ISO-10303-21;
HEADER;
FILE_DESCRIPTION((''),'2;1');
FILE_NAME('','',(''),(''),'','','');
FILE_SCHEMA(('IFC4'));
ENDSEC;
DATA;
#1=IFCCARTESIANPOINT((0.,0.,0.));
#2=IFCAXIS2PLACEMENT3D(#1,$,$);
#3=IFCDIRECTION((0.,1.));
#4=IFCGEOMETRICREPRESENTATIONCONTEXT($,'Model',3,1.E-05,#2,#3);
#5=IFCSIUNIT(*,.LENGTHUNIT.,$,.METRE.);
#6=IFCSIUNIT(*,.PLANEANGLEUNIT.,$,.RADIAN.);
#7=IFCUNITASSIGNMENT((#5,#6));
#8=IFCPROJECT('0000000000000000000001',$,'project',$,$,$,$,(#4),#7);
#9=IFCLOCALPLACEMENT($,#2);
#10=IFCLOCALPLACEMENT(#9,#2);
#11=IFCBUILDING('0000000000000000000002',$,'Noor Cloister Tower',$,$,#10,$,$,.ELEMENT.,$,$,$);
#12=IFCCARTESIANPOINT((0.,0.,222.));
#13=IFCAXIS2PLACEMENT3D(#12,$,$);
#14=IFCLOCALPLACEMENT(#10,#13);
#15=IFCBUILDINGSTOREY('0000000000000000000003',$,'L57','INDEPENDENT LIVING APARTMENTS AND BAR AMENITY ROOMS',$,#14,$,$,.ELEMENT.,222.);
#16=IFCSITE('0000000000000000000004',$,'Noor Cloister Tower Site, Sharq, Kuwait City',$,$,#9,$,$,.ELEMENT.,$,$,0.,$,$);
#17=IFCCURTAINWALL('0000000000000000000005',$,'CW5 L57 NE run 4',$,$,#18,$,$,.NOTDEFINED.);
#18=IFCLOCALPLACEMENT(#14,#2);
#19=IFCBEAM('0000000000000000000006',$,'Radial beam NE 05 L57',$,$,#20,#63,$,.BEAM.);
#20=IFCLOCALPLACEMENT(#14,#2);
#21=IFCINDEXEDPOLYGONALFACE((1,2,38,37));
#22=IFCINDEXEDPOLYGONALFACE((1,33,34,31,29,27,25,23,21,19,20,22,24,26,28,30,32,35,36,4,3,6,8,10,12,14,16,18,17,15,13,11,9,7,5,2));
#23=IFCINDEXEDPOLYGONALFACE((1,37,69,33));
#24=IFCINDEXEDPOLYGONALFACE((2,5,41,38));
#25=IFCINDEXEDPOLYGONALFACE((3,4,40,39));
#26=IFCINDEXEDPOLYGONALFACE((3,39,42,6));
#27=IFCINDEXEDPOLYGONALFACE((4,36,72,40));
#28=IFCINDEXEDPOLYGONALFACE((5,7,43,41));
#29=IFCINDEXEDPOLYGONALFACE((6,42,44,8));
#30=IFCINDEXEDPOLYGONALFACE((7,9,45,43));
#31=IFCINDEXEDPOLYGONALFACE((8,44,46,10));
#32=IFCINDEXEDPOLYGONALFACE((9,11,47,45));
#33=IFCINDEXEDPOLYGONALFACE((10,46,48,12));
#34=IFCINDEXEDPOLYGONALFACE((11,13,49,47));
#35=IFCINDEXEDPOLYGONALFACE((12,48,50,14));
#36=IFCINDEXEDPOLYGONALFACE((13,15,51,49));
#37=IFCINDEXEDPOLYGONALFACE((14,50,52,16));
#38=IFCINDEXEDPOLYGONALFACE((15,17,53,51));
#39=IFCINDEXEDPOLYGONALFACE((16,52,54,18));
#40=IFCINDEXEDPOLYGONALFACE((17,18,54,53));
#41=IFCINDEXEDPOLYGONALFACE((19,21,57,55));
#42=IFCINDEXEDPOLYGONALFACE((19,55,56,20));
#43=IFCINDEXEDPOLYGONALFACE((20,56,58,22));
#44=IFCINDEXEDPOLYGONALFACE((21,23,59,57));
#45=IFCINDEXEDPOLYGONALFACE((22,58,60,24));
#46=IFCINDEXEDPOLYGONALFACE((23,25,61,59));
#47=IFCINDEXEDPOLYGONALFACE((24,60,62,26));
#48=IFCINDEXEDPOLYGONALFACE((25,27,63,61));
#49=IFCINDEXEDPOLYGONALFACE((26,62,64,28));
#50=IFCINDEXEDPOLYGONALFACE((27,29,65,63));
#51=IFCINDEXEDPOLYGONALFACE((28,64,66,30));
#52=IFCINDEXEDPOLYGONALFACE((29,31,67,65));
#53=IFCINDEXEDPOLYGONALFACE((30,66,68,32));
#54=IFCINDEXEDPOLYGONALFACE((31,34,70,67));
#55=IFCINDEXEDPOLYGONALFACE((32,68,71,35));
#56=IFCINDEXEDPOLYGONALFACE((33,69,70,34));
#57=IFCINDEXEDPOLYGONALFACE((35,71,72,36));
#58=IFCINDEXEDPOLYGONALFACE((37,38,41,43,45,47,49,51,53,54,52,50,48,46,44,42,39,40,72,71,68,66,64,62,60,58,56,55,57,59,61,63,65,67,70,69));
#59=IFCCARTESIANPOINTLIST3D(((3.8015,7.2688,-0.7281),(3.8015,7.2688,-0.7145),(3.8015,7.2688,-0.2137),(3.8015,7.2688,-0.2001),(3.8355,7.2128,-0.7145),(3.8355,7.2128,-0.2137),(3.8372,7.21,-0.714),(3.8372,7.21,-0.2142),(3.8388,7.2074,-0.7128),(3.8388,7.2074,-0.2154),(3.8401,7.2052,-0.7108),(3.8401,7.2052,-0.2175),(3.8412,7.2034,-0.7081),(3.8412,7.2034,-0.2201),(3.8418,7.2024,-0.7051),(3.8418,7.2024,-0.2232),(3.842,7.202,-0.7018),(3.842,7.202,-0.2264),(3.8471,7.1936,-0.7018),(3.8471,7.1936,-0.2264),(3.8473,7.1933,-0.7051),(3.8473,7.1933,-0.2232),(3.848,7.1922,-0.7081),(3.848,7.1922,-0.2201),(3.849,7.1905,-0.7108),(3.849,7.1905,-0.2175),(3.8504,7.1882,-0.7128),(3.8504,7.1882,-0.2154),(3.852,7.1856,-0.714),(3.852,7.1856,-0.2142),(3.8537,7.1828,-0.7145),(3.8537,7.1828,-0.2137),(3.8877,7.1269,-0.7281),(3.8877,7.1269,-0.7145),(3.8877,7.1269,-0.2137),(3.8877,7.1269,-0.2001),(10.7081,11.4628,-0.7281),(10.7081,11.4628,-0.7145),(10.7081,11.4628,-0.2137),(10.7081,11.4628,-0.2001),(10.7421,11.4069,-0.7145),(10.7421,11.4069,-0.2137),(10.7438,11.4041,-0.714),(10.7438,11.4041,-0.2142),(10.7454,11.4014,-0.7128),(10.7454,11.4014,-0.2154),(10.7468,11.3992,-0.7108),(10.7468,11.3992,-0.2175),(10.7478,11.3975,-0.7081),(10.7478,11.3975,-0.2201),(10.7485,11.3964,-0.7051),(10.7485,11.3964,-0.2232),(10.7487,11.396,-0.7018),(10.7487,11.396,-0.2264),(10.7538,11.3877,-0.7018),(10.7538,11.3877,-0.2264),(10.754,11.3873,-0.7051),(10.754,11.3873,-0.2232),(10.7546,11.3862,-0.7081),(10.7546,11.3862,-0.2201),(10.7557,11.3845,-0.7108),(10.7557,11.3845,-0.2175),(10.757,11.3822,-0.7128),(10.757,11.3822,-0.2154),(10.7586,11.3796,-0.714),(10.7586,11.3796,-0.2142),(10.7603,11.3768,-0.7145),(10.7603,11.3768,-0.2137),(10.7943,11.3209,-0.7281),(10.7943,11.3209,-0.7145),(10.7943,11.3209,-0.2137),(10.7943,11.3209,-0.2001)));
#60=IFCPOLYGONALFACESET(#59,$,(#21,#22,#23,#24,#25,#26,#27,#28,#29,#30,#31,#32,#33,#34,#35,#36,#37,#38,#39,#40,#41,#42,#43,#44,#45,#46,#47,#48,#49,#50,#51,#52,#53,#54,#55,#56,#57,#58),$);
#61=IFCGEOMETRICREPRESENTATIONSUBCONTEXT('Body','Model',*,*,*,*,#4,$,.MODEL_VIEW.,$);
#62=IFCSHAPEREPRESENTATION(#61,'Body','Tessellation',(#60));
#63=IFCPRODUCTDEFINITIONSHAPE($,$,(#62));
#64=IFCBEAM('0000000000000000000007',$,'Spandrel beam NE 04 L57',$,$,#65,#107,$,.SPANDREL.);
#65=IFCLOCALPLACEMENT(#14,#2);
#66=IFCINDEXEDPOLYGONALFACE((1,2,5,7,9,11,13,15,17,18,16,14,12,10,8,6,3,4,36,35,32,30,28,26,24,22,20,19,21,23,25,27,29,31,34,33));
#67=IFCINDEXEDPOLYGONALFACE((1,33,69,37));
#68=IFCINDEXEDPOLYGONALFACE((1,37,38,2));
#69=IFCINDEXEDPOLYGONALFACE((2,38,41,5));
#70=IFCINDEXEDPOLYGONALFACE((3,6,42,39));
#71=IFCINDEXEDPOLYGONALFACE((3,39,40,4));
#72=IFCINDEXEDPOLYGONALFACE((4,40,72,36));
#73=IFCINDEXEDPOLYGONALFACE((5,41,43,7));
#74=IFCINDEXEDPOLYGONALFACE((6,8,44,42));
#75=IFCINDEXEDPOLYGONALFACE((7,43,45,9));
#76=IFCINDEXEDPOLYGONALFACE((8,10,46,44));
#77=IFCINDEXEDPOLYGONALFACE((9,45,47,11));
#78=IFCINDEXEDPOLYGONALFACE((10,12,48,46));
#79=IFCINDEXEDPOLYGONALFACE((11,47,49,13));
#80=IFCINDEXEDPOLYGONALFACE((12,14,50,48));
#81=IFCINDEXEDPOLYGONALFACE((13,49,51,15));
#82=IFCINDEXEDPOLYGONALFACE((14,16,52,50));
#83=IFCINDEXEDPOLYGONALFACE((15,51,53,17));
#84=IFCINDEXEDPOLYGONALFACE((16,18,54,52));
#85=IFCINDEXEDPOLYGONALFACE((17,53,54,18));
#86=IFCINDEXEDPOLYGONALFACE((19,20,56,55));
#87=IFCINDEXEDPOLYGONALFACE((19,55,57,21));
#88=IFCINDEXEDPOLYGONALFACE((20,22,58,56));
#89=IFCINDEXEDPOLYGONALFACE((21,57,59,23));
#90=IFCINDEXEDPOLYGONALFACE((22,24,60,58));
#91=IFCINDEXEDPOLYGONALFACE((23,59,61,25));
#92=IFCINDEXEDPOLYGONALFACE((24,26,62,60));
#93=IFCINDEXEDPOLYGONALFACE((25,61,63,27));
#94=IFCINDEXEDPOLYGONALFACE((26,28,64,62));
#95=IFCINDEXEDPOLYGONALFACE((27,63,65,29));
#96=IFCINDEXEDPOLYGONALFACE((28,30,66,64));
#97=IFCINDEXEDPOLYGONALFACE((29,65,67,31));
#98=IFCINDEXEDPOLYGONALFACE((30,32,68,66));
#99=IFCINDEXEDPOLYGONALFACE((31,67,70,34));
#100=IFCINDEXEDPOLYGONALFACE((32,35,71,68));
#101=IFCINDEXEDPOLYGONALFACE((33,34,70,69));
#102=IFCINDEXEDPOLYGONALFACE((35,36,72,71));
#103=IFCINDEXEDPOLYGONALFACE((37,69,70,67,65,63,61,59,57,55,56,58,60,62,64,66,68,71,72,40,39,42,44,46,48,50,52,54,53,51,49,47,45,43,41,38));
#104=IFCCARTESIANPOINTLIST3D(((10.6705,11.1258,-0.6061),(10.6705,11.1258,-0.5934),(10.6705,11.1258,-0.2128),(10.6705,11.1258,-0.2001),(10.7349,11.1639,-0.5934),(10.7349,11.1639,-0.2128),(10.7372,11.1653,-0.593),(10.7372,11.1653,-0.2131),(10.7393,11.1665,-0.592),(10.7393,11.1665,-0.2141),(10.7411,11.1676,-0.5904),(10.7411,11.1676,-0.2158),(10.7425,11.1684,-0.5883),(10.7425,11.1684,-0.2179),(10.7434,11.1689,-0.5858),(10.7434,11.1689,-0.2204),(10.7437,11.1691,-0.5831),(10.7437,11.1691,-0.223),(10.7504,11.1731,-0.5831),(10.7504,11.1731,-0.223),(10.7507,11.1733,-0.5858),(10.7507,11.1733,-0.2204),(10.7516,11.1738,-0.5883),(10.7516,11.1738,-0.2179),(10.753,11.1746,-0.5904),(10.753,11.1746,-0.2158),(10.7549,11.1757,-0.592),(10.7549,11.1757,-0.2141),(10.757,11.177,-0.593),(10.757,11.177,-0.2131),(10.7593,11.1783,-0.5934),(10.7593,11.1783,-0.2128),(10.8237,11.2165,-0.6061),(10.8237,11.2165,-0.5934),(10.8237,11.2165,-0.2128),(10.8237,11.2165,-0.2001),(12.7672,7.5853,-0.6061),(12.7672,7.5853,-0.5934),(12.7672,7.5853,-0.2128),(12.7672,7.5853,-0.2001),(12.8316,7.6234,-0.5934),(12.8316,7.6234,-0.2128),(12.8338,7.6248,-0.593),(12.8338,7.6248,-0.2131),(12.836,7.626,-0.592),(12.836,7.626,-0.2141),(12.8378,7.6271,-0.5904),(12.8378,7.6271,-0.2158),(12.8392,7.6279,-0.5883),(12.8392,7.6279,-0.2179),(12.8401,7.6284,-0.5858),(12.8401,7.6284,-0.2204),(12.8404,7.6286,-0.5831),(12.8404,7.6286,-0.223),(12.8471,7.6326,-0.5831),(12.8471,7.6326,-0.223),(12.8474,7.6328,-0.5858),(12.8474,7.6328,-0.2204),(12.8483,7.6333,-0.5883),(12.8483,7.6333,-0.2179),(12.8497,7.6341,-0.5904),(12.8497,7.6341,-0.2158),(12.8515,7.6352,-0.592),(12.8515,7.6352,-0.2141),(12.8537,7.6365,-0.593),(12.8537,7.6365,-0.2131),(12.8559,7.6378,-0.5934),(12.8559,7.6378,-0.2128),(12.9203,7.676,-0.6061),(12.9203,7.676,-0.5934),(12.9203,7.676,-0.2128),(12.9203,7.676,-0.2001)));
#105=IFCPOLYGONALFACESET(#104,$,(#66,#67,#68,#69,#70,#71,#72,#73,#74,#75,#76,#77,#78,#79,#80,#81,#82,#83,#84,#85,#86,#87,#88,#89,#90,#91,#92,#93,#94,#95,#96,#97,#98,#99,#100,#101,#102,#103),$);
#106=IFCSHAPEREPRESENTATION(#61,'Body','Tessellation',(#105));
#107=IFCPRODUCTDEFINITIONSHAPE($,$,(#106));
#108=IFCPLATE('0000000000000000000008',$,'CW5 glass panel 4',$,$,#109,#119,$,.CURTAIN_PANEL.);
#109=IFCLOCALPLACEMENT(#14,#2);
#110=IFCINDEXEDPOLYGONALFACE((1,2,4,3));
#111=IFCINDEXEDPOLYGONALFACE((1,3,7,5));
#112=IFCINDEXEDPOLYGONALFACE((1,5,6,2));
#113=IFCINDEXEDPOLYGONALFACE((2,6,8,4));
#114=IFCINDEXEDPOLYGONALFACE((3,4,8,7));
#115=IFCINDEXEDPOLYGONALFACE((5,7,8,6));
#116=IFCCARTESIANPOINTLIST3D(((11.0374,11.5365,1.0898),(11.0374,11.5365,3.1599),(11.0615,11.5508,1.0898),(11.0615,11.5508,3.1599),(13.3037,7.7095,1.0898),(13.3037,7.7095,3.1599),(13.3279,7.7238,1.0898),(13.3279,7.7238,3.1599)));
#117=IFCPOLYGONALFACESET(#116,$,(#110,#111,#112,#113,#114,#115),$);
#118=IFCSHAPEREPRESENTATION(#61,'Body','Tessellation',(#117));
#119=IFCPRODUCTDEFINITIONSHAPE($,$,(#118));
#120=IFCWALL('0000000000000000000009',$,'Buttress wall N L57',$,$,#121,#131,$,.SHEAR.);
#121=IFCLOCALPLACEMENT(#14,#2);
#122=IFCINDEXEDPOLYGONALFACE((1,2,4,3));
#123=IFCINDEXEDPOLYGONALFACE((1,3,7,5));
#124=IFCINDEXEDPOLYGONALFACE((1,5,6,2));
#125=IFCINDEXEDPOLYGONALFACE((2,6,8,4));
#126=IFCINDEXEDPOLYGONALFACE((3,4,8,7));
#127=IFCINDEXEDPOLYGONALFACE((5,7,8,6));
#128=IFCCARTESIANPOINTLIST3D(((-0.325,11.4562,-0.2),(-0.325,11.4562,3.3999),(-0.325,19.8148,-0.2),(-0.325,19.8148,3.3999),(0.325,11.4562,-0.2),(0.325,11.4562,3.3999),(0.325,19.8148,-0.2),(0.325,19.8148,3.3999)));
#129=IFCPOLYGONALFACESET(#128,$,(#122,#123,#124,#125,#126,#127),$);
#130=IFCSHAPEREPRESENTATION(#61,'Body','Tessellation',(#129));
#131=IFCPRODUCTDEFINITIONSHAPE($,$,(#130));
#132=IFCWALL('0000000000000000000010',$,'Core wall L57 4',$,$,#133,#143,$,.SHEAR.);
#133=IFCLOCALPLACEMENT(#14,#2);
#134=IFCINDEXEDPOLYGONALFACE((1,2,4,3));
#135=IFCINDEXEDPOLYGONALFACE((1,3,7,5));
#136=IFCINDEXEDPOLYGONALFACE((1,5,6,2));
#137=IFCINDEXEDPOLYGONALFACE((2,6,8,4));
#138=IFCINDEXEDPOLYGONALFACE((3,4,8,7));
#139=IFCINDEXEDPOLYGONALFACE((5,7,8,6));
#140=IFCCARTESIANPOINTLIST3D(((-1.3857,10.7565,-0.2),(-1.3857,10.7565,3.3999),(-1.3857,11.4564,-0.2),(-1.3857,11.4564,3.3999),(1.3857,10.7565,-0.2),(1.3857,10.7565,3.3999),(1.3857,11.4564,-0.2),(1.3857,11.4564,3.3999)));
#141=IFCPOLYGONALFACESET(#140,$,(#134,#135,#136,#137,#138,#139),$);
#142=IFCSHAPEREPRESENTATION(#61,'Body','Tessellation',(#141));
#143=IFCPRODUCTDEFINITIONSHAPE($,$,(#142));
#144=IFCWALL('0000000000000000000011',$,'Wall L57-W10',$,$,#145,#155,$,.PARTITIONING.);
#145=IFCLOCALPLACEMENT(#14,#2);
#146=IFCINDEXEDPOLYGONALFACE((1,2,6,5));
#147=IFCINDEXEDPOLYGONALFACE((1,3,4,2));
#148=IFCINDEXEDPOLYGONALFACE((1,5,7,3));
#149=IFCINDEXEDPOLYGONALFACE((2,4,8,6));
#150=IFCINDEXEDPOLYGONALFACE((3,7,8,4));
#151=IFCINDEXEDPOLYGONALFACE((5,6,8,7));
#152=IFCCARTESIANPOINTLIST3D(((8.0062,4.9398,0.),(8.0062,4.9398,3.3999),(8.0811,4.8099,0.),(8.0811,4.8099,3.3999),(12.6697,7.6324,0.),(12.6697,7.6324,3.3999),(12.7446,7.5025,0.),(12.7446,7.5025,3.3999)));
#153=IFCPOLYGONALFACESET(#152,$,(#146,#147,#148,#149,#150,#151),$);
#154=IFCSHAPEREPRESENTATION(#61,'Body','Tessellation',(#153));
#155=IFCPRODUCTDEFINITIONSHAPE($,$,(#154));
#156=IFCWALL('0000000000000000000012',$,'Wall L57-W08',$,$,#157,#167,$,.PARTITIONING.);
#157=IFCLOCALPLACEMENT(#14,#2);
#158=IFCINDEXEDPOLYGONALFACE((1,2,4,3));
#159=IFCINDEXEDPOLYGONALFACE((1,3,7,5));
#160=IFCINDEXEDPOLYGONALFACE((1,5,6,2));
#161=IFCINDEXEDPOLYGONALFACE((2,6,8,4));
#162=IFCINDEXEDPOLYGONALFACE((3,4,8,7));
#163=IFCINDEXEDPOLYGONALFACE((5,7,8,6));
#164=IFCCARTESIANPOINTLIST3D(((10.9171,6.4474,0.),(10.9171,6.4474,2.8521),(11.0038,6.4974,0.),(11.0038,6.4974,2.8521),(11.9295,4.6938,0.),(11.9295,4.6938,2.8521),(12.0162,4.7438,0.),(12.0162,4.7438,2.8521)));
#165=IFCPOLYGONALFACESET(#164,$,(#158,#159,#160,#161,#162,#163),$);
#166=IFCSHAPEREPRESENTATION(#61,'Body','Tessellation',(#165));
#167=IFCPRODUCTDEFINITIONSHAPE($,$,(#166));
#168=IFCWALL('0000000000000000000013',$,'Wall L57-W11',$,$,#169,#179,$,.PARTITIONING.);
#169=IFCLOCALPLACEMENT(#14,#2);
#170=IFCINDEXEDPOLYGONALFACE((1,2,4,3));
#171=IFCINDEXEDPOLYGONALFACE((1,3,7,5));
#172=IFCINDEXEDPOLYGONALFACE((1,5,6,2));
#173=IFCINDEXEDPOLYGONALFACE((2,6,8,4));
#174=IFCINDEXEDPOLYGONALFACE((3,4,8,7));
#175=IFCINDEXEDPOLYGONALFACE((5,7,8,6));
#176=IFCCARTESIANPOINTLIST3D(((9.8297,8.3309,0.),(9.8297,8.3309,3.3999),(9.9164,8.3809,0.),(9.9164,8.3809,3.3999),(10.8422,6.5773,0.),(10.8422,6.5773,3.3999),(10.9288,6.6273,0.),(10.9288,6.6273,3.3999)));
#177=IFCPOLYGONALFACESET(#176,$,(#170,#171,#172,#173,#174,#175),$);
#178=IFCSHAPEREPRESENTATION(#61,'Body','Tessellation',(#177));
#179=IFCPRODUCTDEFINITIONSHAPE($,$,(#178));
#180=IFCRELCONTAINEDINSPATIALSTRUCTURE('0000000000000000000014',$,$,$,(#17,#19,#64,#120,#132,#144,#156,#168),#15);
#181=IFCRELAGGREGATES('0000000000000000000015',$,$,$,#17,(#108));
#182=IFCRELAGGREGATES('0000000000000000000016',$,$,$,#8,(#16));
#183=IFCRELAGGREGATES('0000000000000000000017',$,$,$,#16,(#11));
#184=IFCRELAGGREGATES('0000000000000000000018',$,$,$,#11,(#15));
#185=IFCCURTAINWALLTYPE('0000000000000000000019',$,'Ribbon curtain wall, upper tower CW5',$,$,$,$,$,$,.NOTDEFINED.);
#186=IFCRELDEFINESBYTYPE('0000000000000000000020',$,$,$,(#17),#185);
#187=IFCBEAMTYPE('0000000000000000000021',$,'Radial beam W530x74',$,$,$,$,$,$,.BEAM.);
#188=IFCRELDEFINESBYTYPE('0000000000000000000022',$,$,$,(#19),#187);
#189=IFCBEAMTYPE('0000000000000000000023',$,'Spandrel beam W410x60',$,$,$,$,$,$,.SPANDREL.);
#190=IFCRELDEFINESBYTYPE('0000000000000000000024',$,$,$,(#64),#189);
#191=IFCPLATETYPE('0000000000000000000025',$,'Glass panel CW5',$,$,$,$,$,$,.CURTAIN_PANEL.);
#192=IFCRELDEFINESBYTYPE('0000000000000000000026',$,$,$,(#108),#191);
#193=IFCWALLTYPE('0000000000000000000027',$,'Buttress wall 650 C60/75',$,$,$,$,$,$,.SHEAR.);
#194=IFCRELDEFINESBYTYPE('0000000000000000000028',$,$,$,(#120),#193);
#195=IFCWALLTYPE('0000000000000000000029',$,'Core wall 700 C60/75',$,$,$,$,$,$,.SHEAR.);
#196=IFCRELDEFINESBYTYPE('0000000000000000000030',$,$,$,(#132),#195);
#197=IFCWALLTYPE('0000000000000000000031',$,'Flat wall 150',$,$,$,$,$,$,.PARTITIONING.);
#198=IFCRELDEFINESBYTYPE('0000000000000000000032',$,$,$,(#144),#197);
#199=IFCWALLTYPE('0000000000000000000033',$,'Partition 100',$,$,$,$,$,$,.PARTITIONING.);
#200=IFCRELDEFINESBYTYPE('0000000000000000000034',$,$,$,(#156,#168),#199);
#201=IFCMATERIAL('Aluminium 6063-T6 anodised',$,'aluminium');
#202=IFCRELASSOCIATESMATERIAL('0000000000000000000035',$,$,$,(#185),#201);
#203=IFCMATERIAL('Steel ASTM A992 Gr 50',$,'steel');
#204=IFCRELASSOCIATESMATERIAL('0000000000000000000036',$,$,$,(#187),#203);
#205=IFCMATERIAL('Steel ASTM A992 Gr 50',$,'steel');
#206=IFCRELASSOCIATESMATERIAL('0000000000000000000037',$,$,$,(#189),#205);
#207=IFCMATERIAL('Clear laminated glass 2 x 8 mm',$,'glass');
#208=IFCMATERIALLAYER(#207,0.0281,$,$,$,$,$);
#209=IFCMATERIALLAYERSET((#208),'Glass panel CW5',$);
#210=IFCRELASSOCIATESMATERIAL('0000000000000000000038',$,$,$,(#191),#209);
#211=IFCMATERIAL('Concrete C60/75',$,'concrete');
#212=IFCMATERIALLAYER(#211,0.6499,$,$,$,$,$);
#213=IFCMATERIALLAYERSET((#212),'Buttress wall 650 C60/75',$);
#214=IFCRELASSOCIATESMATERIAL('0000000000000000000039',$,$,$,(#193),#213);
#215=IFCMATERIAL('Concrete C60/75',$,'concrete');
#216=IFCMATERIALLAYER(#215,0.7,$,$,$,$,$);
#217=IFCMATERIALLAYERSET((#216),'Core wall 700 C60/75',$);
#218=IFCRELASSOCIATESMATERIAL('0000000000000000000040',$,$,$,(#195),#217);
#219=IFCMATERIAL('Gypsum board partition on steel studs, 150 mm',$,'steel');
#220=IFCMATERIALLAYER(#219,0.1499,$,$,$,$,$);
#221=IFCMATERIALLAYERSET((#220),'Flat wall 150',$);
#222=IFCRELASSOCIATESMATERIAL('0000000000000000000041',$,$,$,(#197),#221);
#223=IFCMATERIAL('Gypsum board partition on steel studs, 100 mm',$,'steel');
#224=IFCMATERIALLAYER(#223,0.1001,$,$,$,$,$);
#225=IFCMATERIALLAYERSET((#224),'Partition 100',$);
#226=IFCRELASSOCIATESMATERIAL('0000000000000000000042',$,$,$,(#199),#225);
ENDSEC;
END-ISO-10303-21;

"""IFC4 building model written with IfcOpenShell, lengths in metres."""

from ifc_helpers import new_model, si_unit, direction, frame, frame_2d, origin, origin_2d, place, context, subcontext, project, spatial, rectangle, i_section, extrude, material, layer, layer_set, material_profile, profile_set, type_object, element, aggregate, save


model = new_model("IFC4")

# Units and contexts
model_context = context("Model", 3, precision=1e-05, world=origin(), true_north=direction((0.0, 1.0)))
body_context = subcontext(model_context, "Body", "Model", "MODEL_VIEW")
ifc_project = project(units=[si_unit("LENGTHUNIT", "METRE"), si_unit("PLANEANGLEUNIT", "RADIAN")], contexts=[model_context])

# Site, building, storey
site_placement = place(None, origin())
site = spatial("IfcSite", under=ifc_project, at=site_placement, Name="Noor Cloister Tower Site, Sharq, Kuwait City", CompositionType="ELEMENT", RefElevation=0.0)
building_placement = place(site_placement, origin())
building = spatial("IfcBuilding", under=site, at=building_placement, Name="Noor Cloister Tower", CompositionType="ELEMENT")
storey_placement = place(building_placement, frame((0.0, 0.0, 222.0)))
storey = spatial("IfcBuildingStorey", under=building, at=storey_placement, Name="L57", Description="INDEPENDENT LIVING APARTMENTS AND BAR AMENITY ROOMS", CompositionType="ELEMENT", Elevation=222.0)

# Curtain wall
ifc_material_1 = material(Name="Aluminium 6063-T6 anodised", Category="aluminium")
curtain_wall_type = type_object("IfcCurtainWallType", Name="Ribbon curtain wall, upper tower CW5", PredefinedType="NOTDEFINED", material=ifc_material_1)
curtain_wall_placement = place(storey_placement, origin())
curtain_wall = element("IfcCurtainWall", 1, at=curtain_wall_placement, inside=storey, type_object=curtain_wall_type, Name="CW5 L57 NE run 4", PredefinedType="NOTDEFINED")

# Beams
ifc_material_2 = material(Name="Steel ASTM A992 Gr 50", Category="steel")
ifc_material_profile_1 = material_profile(ifc_material_2, i_section(OverallWidth=0.166, OverallDepth=0.5281, WebThickness=0.0098, FlangeThickness=0.0137, FilletRadius=0.0127, at=origin_2d()), Name="W530x74")
ifc_profile_set_1 = profile_set([ifc_material_profile_1], Name="Steel ASTM A992 Gr 50")
beam_type_1 = type_object("IfcBeamType", Name="Radial beam W530x74", PredefinedType="BEAM", material=ifc_profile_set_1)
beam_1_placement = place(storey_placement, frame((10.7512, 11.3918, -0.4641), z_axis=(-0.854748, -0.519043, 0.0), x_axis=(0.519043, -0.854748, 0.0)))
element("IfcBeam", 2, at=beam_1_placement, inside=storey, type_object=beam_type_1, Name="Radial beam NE 05 L57", PredefinedType="BEAM", context=body_context, shape_type="SweptSolid", body=[
    extrude(i_section(OverallWidth=0.166, OverallDepth=0.5281, WebThickness=0.0098, FlangeThickness=0.0137, FilletRadius=0.0127, at=origin_2d()), origin(), (0.0, 0.0, 1.0), 8.0803),
])
ifc_material_3 = material(Name="Steel ASTM A992 Gr 50", Category="steel")
ifc_material_profile_2 = material_profile(ifc_material_3, i_section(OverallWidth=0.178, OverallDepth=0.406, WebThickness=0.0078, FlangeThickness=0.0127, FilletRadius=0.0103, at=origin_2d()), Name="W410x60")
ifc_profile_set_2 = profile_set([ifc_material_profile_2], Name="Steel ASTM A992 Gr 50")
beam_type_2 = type_object("IfcBeamType", Name="Spandrel beam W410x60", PredefinedType="SPANDREL", material=ifc_profile_set_2)
beam_2_placement = place(storey_placement, frame((12.8438, 7.6306, -0.4031), z_axis=(-0.509549, 0.860442, 0.0), x_axis=(-0.860442, -0.509549, 0.0)))
element("IfcBeam", 3, at=beam_2_placement, inside=storey, type_object=beam_type_2, Name="Spandrel beam NE 04 L57", PredefinedType="SPANDREL", context=body_context, shape_type="SweptSolid", body=[
    extrude(i_section(OverallWidth=0.178, OverallDepth=0.406, WebThickness=0.0078, FlangeThickness=0.0127, FilletRadius=0.0103, at=origin_2d()), origin(), (0.0, 0.0, 1.0), 4.1147),
])

# Plate
ifc_material_4 = material(Name="Clear laminated glass 2 x 8 mm", Category="glass")
ifc_layer_1 = layer(ifc_material_4, 0.0281)
ifc_layer_set_1 = layer_set([ifc_layer_1], Name="Glass panel CW5")
plate_type = type_object("IfcPlateType", Name="Glass panel CW5", PredefinedType="CURTAIN_PANEL", material=ifc_layer_set_1)
plate_placement = place(storey_placement, frame((12.1826, 9.6301, 1.0898), z_axis=(0.0, 0.0, 1.0), x_axis=(-0.509553, 0.860439, 0.0)))
plate = element("IfcPlate", 4, at=plate_placement, type_object=plate_type, Name="CW5 glass panel 4", PredefinedType="CURTAIN_PANEL", context=body_context, shape_type="SweptSolid", body=[
    extrude(rectangle(XDim=4.4478, YDim=0.0281, at=origin_2d()), origin(), (0.0, 0.0, 1.0), 2.0701),
])
aggregate(curtain_wall, [plate])

# Walls
ifc_material_5 = material(Name="Concrete C60/75", Category="concrete")
ifc_layer_2 = layer(ifc_material_5, 0.6499)
ifc_layer_set_2 = layer_set([ifc_layer_2], Name="Buttress wall 650 C60/75")
wall_type_1 = type_object("IfcWallType", Name="Buttress wall 650 C60/75", PredefinedType="SHEAR", material=ifc_layer_set_2)
wall_1_placement = place(storey_placement, frame((0.0, 11.4563, -0.2), z_axis=(0.0, 0.0, 1.0), x_axis=(0.0, 1.0, 0.0)))
element("IfcWall", 5, at=wall_1_placement, inside=storey, type_object=wall_type_1, Name="Buttress wall N L57", PredefinedType="SHEAR", context=body_context, shape_type="SweptSolid", body=[
    extrude(rectangle(XDim=8.3586, YDim=0.6499, at=frame_2d((4.1792, 0.0))), origin(), (0.0, 0.0, 1.0), 3.5999),
])
ifc_material_6 = material(Name="Concrete C60/75", Category="concrete")
ifc_layer_3 = layer(ifc_material_6, 0.7)
ifc_layer_set_3 = layer_set([ifc_layer_3], Name="Core wall 700 C60/75")
wall_type_2 = type_object("IfcWallType", Name="Core wall 700 C60/75", PredefinedType="SHEAR", material=ifc_layer_set_3)
wall_2_placement = place(storey_placement, frame((1.3857, 11.1064, -0.2), z_axis=(0.0, 0.0, 1.0), x_axis=(-1.0, 0.0, 0.0)))
element("IfcWall", 6, at=wall_2_placement, inside=storey, type_object=wall_type_2, Name="Core wall L57 4", PredefinedType="SHEAR", context=body_context, shape_type="SweptSolid", body=[
    extrude(rectangle(XDim=2.7715, YDim=0.7, at=frame_2d((1.3857, 0.0))), origin(), (0.0, 0.0, 1.0), 3.5999),
])
ifc_material_7 = material(Name="Gypsum board partition on steel studs, 150 mm", Category="steel")
ifc_layer_4 = layer(ifc_material_7, 0.1499)
ifc_layer_set_4 = layer_set([ifc_layer_4], Name="Flat wall 150")
wall_type_3 = type_object("IfcWallType", Name="Flat wall 150", PredefinedType="PARTITIONING", material=ifc_layer_set_4)
wall_3_placement = place(storey_placement, frame((12.707, 7.5674, 0.0), z_axis=(0.0, 0.0, 1.0), x_axis=(-0.866016, -0.500015, 0.0)))
element("IfcWall", 7, at=wall_3_placement, inside=storey, type_object=wall_type_3, Name="Wall L57-W10", PredefinedType="PARTITIONING", context=body_context, shape_type="SweptSolid", body=[
    extrude(rectangle(XDim=5.385, YDim=0.1499, at=frame_2d((2.6924, 0.0))), origin(), (0.0, 0.0, 1.0), 3.3999),
])
ifc_material_8 = material(Name="Gypsum board partition on steel studs, 100 mm", Category="steel")
ifc_layer_5 = layer(ifc_material_8, 0.1001)
ifc_layer_set_5 = layer_set([ifc_layer_5], Name="Partition 100")
wall_type_4 = type_object("IfcWallType", Name="Partition 100", PredefinedType="PARTITIONING", material=ifc_layer_set_5)
wall_4_placement = place(storey_placement, frame((10.9604, 6.4724, 0.0), z_axis=(0.0, 0.0, 1.0), x_axis=(0.49999, -0.866031, 0.0)))
element("IfcWall", 8, at=wall_4_placement, inside=storey, type_object=wall_type_4, Name="Wall L57-W08", PredefinedType="PARTITIONING", context=body_context, shape_type="SweptSolid", body=[
    extrude(rectangle(XDim=2.0249, YDim=0.1001, at=frame_2d((1.0125, 0.0))), origin(), (0.0, 0.0, 1.0), 2.8521),
])
wall_5_placement = place(storey_placement, frame((10.8855, 6.6023, 0.0), z_axis=(0.0, 0.0, 1.0), x_axis=(-0.49999, 0.866031, 0.0)))
element("IfcWall", 9, at=wall_5_placement, inside=storey, type_object=wall_type_4, Name="Wall L57-W11", PredefinedType="PARTITIONING", context=body_context, shape_type="SweptSolid", body=[
    extrude(rectangle(XDim=2.0249, YDim=0.1001, at=frame_2d((1.0125, 0.0))), origin(), (0.0, 0.0, 1.0), 3.3999),
])

save(model, "model.ifc")
